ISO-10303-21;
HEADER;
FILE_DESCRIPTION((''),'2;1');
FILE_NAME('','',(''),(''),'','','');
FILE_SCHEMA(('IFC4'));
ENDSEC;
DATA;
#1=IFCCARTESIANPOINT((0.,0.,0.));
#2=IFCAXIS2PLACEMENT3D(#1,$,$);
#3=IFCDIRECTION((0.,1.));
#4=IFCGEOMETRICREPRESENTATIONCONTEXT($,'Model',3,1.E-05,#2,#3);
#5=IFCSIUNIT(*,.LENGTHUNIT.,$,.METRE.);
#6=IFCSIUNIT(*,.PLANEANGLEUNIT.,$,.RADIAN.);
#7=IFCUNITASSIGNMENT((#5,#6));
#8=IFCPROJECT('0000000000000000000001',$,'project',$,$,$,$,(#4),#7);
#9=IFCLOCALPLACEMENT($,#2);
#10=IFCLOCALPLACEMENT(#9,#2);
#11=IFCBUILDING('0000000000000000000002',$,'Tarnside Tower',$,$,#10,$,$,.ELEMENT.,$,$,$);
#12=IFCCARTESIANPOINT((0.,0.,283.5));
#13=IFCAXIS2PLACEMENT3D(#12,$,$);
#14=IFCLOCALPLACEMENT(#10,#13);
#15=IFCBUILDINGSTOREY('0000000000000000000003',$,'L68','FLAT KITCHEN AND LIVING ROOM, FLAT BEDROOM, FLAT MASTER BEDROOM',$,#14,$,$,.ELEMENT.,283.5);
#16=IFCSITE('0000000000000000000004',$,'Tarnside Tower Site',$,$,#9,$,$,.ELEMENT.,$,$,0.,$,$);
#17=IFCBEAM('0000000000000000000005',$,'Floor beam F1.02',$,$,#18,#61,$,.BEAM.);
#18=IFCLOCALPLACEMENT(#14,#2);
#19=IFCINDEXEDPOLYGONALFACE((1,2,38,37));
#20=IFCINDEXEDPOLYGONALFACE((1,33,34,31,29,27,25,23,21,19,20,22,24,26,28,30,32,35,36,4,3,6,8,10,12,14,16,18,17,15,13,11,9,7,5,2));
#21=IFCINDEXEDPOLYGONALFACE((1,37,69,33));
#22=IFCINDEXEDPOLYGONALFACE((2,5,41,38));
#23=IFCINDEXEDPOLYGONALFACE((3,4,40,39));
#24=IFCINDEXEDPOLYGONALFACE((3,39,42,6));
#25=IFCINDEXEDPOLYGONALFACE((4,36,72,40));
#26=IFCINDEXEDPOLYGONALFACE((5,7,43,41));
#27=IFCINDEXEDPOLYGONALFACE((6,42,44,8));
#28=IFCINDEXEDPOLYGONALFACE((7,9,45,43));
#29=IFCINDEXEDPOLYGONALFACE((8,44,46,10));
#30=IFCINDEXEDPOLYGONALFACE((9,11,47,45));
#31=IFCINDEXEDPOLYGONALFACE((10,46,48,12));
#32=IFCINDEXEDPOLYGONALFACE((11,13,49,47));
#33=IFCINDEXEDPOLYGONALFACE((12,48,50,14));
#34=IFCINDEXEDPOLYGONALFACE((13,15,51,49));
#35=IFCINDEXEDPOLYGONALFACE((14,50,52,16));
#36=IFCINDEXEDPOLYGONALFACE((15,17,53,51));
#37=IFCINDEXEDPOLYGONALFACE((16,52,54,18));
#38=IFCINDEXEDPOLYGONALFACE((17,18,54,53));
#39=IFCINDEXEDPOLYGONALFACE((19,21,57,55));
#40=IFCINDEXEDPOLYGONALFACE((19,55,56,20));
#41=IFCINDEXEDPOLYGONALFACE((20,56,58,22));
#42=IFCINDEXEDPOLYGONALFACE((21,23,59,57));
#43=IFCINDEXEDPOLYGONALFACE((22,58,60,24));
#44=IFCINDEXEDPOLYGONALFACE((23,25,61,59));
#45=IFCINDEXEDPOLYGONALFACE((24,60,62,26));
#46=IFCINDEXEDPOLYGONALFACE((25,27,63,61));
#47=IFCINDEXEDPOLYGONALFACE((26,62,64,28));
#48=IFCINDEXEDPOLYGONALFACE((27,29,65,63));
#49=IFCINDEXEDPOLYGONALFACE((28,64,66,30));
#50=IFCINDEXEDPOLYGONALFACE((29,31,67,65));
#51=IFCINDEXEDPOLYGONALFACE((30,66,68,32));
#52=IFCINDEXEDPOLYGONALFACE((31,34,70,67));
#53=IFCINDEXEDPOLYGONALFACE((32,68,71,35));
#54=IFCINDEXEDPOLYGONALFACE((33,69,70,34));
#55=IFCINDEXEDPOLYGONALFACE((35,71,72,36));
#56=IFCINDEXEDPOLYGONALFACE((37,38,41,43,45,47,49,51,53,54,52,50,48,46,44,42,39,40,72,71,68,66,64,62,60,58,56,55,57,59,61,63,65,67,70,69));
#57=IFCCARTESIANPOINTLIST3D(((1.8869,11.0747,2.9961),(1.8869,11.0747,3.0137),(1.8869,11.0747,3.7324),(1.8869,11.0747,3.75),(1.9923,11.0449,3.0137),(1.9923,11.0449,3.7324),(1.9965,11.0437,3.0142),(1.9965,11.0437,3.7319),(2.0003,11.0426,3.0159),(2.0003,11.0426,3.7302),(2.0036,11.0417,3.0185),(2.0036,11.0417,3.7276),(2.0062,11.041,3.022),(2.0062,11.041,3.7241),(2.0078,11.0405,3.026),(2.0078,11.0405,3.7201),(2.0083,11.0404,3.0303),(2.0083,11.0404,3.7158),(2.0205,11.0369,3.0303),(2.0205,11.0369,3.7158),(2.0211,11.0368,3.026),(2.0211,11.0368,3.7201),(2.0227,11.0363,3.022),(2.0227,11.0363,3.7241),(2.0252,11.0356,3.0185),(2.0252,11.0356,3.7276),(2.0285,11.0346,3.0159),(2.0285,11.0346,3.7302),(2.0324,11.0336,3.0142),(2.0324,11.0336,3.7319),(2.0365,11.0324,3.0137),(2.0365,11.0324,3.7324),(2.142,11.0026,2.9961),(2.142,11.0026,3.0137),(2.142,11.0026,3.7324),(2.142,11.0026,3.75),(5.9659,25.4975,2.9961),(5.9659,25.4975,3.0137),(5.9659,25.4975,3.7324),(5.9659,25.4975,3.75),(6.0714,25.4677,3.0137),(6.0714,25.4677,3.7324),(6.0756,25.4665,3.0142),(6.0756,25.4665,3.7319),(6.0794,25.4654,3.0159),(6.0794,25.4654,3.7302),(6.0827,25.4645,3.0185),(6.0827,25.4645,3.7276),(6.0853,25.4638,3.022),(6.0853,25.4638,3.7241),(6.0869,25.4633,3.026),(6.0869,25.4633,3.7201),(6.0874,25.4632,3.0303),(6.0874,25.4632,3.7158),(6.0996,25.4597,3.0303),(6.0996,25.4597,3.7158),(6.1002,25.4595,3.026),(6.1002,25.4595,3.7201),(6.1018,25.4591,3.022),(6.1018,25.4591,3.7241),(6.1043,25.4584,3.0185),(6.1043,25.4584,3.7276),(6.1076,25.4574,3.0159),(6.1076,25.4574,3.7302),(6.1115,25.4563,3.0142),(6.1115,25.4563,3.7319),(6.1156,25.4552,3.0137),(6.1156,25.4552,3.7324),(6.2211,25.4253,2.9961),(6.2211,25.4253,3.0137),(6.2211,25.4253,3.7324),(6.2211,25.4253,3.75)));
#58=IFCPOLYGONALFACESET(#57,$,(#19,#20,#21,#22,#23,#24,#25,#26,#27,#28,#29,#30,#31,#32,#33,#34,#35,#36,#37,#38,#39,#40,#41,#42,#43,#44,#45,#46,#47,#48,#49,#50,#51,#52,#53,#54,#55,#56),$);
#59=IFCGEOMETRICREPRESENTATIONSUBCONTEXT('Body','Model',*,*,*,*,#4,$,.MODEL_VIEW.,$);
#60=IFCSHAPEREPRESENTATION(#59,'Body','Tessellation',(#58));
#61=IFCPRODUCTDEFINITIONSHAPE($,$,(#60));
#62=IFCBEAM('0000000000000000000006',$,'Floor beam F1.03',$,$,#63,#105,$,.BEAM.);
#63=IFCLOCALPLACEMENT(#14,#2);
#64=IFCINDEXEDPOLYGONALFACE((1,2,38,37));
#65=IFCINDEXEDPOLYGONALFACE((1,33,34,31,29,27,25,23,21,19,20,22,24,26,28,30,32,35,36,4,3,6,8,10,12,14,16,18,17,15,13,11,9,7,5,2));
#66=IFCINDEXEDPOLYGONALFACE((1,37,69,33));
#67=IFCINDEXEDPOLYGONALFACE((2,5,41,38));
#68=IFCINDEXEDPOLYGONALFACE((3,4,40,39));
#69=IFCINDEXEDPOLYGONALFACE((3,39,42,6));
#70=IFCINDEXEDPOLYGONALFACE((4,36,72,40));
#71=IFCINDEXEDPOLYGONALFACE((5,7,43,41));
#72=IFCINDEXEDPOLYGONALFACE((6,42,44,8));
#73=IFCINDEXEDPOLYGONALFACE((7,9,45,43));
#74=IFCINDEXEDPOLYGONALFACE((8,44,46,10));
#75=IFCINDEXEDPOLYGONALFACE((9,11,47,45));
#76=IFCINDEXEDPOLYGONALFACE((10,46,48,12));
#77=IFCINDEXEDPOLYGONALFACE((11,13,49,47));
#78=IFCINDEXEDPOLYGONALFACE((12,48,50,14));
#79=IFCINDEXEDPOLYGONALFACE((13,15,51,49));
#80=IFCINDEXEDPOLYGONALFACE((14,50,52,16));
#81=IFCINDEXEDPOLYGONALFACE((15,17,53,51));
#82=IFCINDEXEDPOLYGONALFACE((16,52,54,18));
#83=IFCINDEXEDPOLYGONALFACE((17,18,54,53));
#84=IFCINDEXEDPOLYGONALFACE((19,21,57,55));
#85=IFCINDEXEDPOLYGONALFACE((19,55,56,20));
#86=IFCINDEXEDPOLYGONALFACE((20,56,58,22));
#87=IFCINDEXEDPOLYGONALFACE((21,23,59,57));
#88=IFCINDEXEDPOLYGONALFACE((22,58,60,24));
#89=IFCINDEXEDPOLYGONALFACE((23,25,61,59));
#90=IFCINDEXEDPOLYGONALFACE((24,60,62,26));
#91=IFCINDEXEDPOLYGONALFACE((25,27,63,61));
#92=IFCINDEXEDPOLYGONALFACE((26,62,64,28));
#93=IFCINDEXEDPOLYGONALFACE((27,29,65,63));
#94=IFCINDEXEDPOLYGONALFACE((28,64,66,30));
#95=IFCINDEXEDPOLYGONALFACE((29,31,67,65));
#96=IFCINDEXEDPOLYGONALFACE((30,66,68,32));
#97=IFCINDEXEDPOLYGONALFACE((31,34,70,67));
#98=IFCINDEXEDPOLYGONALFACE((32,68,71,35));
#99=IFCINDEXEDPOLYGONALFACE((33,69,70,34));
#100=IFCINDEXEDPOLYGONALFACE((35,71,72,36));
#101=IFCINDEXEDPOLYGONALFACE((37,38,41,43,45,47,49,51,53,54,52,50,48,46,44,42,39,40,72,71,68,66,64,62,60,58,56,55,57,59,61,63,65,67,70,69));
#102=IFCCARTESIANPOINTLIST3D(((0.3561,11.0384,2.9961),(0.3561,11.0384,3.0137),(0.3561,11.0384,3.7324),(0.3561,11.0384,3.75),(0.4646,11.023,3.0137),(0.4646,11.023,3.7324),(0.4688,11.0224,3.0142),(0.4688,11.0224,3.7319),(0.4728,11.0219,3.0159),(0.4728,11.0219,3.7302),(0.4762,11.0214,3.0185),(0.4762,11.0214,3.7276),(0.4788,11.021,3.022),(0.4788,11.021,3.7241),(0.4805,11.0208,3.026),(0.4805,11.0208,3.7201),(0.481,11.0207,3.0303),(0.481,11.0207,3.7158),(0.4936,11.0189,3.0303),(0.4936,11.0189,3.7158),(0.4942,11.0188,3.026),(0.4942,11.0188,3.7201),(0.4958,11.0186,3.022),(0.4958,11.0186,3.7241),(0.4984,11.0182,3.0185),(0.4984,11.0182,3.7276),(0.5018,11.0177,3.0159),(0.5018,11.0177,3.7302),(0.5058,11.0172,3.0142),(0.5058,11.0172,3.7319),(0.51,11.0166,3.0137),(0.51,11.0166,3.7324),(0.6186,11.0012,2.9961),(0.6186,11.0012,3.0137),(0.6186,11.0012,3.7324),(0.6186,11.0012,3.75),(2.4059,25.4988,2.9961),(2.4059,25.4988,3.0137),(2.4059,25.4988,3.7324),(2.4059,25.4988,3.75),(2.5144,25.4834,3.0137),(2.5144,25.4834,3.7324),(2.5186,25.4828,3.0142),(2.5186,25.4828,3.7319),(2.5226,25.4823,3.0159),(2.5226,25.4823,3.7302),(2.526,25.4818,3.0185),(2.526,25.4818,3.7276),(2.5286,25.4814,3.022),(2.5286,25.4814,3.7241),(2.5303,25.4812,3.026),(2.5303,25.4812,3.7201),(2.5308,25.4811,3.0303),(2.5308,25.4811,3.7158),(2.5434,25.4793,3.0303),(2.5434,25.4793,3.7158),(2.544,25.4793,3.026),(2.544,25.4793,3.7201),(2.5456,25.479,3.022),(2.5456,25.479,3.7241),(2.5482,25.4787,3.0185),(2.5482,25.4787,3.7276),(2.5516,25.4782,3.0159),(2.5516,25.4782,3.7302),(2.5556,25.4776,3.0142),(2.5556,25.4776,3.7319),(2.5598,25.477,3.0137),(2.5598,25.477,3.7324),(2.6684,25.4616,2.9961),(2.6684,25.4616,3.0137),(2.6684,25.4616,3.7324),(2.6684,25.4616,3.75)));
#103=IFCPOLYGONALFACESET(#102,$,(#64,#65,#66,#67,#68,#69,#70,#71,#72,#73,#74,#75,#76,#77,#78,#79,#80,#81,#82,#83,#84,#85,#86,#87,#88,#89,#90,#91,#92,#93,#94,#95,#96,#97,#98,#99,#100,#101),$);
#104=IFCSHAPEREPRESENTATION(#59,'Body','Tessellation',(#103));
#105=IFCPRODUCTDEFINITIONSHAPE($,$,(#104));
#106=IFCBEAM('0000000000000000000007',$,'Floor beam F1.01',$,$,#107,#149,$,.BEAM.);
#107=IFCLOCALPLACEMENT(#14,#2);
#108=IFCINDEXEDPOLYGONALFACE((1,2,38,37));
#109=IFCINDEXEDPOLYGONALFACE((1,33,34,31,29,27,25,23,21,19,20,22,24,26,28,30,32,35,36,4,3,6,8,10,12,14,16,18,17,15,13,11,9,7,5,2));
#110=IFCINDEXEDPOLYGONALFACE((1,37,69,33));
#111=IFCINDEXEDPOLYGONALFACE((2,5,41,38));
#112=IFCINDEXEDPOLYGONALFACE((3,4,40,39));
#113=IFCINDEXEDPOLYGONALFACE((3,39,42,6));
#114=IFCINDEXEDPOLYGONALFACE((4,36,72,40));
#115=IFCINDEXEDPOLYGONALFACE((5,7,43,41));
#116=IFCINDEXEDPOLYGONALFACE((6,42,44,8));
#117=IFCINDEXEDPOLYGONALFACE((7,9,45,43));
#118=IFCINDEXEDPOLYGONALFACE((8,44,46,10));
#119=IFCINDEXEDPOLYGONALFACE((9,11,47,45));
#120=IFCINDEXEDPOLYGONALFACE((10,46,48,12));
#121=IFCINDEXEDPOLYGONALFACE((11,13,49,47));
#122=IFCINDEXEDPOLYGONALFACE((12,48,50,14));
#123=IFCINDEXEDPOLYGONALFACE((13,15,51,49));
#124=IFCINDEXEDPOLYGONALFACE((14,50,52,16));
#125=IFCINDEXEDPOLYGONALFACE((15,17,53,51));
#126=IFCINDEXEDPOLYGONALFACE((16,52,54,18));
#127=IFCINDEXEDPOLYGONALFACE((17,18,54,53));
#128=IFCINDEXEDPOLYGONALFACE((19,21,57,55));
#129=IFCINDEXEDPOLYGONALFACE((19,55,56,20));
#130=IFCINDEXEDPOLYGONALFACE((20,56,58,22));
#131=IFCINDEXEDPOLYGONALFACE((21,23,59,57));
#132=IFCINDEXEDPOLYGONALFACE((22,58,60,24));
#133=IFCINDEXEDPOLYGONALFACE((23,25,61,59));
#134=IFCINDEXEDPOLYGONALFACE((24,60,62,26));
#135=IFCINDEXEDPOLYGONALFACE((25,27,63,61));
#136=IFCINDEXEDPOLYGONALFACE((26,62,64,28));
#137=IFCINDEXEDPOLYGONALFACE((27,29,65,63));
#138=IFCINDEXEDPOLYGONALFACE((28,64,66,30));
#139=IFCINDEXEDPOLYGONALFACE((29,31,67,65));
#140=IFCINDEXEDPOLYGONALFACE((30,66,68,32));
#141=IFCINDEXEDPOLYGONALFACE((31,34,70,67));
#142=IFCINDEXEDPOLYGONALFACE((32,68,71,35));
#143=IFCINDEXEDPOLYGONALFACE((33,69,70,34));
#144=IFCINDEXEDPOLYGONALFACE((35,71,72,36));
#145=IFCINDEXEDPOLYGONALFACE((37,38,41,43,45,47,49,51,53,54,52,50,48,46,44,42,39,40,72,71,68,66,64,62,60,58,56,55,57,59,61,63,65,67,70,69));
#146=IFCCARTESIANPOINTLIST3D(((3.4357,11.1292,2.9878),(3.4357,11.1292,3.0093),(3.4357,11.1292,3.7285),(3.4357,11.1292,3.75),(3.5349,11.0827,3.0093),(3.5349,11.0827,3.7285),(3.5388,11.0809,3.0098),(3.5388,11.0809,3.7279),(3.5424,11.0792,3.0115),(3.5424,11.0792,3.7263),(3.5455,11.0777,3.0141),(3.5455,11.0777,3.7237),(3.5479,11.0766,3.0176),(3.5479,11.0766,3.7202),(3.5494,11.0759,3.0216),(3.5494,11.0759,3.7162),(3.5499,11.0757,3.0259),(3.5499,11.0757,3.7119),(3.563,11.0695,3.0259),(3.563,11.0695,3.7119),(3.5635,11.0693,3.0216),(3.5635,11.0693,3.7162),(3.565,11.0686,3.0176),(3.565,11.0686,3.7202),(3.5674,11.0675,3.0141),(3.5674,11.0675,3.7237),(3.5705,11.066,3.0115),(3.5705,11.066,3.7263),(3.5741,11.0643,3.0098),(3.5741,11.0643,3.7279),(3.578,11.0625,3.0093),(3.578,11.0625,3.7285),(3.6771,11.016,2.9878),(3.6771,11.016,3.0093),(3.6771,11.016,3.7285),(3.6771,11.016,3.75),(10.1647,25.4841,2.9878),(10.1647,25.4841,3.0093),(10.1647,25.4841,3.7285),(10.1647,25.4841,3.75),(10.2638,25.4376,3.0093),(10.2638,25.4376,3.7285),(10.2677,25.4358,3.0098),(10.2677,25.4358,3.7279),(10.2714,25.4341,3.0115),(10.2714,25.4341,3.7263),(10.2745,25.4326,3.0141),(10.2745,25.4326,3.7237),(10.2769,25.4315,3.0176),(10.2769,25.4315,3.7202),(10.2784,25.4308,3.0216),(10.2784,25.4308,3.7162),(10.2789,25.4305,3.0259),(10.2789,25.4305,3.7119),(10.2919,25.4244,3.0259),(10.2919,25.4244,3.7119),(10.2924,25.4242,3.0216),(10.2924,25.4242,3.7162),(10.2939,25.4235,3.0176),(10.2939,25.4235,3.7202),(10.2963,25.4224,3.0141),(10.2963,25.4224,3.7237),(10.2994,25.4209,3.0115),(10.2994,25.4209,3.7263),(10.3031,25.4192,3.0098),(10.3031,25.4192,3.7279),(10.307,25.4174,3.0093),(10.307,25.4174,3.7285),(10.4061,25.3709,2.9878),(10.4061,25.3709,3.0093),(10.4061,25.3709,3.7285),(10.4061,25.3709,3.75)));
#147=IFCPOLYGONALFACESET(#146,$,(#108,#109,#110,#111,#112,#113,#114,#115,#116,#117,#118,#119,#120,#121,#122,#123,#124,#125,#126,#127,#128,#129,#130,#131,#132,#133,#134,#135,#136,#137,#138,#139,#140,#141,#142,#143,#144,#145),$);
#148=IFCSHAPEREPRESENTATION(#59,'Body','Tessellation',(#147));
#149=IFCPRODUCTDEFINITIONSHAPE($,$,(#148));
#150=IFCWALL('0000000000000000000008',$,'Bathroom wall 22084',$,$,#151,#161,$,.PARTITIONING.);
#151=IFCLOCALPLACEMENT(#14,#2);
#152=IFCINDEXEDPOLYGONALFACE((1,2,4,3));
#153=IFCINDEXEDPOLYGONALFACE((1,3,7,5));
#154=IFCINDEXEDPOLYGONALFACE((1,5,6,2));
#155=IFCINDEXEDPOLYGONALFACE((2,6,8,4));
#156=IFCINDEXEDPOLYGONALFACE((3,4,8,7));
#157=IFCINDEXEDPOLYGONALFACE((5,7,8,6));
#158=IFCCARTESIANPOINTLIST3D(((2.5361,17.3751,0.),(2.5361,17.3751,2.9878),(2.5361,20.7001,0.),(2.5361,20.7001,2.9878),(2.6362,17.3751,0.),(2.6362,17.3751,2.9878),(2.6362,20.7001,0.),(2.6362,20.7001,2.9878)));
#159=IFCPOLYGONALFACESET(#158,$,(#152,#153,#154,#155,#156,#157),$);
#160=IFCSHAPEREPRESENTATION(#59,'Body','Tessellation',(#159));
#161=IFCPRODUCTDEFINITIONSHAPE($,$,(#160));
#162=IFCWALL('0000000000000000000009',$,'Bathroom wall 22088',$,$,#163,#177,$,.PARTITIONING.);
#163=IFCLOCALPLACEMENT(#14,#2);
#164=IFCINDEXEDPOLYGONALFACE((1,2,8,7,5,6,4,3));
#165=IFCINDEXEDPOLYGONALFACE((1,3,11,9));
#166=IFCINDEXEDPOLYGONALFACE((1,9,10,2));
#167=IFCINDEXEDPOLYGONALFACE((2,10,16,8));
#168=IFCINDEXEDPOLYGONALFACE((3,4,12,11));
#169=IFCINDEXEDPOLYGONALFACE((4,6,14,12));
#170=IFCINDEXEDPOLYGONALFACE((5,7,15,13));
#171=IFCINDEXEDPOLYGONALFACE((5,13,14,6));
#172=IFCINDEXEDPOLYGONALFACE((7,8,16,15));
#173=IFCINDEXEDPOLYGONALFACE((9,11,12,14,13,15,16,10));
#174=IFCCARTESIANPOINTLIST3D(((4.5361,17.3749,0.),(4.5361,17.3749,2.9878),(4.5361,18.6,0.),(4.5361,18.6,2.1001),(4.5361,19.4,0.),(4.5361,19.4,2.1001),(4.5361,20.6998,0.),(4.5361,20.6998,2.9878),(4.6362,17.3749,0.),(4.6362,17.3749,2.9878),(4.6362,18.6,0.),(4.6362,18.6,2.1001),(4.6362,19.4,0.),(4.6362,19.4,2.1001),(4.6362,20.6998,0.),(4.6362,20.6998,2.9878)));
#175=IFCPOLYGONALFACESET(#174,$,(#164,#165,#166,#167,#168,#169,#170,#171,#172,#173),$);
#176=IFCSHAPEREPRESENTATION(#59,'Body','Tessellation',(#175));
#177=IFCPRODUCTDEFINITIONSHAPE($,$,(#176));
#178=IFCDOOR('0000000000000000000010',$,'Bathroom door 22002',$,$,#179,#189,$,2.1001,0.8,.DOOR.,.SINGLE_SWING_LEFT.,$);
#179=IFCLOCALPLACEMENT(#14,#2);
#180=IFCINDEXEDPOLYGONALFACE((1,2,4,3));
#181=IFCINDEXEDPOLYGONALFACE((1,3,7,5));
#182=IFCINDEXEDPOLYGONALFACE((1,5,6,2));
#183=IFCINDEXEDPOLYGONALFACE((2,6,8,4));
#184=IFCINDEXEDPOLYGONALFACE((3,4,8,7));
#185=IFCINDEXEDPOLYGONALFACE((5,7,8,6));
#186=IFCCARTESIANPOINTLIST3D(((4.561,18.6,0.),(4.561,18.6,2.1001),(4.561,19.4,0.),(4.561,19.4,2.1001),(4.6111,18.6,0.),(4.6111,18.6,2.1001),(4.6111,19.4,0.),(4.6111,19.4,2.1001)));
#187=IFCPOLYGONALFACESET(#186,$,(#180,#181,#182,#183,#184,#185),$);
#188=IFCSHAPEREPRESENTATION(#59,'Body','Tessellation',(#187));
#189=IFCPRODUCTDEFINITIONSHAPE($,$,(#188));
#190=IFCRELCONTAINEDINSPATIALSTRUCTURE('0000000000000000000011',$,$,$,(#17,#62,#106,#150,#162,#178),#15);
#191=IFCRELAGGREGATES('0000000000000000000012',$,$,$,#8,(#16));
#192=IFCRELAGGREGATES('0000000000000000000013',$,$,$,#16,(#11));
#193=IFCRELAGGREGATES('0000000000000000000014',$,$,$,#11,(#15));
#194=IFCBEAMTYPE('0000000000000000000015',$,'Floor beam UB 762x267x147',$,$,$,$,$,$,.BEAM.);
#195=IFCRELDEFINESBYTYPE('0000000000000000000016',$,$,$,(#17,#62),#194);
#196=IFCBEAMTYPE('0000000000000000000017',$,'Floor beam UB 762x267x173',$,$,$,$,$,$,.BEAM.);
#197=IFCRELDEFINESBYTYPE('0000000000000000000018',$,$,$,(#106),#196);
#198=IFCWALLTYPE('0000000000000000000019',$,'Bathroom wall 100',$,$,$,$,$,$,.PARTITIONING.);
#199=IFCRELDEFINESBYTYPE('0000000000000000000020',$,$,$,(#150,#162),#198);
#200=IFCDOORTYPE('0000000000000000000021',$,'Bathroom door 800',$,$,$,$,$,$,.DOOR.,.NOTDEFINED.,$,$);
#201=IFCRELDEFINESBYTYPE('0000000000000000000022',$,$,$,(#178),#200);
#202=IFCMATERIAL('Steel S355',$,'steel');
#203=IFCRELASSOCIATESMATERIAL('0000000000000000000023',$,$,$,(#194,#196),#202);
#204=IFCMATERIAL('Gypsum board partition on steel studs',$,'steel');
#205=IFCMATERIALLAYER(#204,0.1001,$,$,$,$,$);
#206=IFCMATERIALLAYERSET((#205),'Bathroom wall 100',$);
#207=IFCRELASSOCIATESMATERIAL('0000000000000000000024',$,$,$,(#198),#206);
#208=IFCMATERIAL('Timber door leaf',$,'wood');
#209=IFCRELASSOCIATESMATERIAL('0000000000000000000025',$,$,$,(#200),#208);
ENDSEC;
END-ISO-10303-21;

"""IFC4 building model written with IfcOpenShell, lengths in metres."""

from ifc_helpers import new_model, si_unit, direction, frame, frame_2d, origin, origin_2d, place, context, subcontext, project, spatial, rectangle, i_section, extrude, material, layer, layer_set, material_profile, profile_set, type_object, element, fill, save


model = new_model("IFC4")

# Units and contexts
model_context = context("Model", 3, precision=1e-05, world=origin(), true_north=direction((0.0, 1.0)))
body_context = subcontext(model_context, "Body", "Model", "MODEL_VIEW")
ifc_project = project(units=[si_unit("LENGTHUNIT", "METRE"), si_unit("PLANEANGLEUNIT", "RADIAN")], contexts=[model_context])

# Site, building, storey
site_placement = place(None, origin())
site = spatial("IfcSite", under=ifc_project, at=site_placement, Name="Tarnside Tower Site", CompositionType="ELEMENT", RefElevation=0.0)
building_placement = place(site_placement, origin())
building = spatial("IfcBuilding", under=site, at=building_placement, Name="Tarnside Tower", CompositionType="ELEMENT")
storey_placement = place(building_placement, frame((0.0, 0.0, 283.5)))
storey = spatial("IfcBuildingStorey", under=building, at=storey_placement, Name="L68", Description="FLAT KITCHEN AND LIVING ROOM, FLAT BEDROOM, FLAT MASTER BEDROOM", CompositionType="ELEMENT", Elevation=283.5)

# Beams
ifc_material_1 = material(Name="Steel S355", Category="steel")
ifc_material_profile_1 = material_profile(ifc_material_1, i_section(OverallWidth=0.2651, OverallDepth=0.7539, WebThickness=0.0127, FlangeThickness=0.0176, FilletRadius=0.0166, at=origin_2d()), Name="UB 762x267x147")
ifc_profile_set_1 = profile_set([ifc_material_profile_1], Name="Steel S355")
beam_type_1 = type_object("IfcBeamType", Name="Floor beam UB 762x267x147", PredefinedType="BEAM", material=ifc_profile_set_1)
beam_1_placement = place(storey_placement, frame((6.0935, 25.4614, 3.373), z_axis=(-0.272147, -0.962256, 0.0), x_axis=(0.962256, -0.272147, 0.0)))
element("IfcBeam", 1, at=beam_1_placement, inside=storey, type_object=beam_type_1, Name="Floor beam F1.02", PredefinedType="BEAM", context=body_context, shape_type="SweptSolid", body=[
    extrude(i_section(OverallWidth=0.2651, OverallDepth=0.7539, WebThickness=0.0127, FlangeThickness=0.0176, FilletRadius=0.0166, at=origin_2d()), origin(), (0.0, 0.0, 1.0), 14.9885),
])
beam_2_placement = place(storey_placement, frame((2.5371, 25.4802, 3.373), z_axis=(-0.140349, -0.990102, 0.0), x_axis=(0.990102, -0.140349, 0.0)))
element("IfcBeam", 2, at=beam_2_placement, inside=storey, type_object=beam_type_1, Name="Floor beam F1.03", PredefinedType="BEAM", context=body_context, shape_type="SweptSolid", body=[
    extrude(i_section(OverallWidth=0.2651, OverallDepth=0.7539, WebThickness=0.0127, FlangeThickness=0.0176, FilletRadius=0.0166, at=origin_2d()), origin(), (0.0, 0.0, 1.0), 14.605),
])
ifc_material_profile_2 = material_profile(ifc_material_1, i_section(OverallWidth=0.2666, OverallDepth=0.7622, WebThickness=0.0144, FlangeThickness=0.0215, FilletRadius=0.0166, at=origin_2d()), Name="UB 762x267x173")
ifc_profile_set_2 = profile_set([ifc_material_profile_2], Name="Steel S355")
beam_type_2 = type_object("IfcBeamType", Name="Floor beam UB 762x267x173", PredefinedType="BEAM", material=ifc_profile_set_2)
beam_3_placement = place(storey_placement, frame((10.2854, 25.4275, 3.3689), z_axis=(-0.424439, -0.905456, 0.0), x_axis=(0.905456, -0.424439, 0.0)))
element("IfcBeam", 3, at=beam_3_placement, inside=storey, type_object=beam_type_2, Name="Floor beam F1.01", PredefinedType="BEAM", context=body_context, shape_type="SweptSolid", body=[
    extrude(i_section(OverallWidth=0.2666, OverallDepth=0.7622, WebThickness=0.0144, FlangeThickness=0.0215, FilletRadius=0.0166, at=origin_2d()), origin(), (0.0, 0.0, 1.0), 15.8538),
])

# Wall
ifc_material_2 = material(Name="Gypsum board partition on steel studs", Category="steel")
ifc_layer_1 = layer(ifc_material_2, 0.1001)
ifc_layer_set_1 = layer_set([ifc_layer_1], Name="Bathroom wall 100")
wall_type_1 = type_object("IfcWallType", Name="Bathroom wall 100", PredefinedType="PARTITIONING", material=ifc_layer_set_1)
wall_1_placement = place(storey_placement, frame((2.5862, 17.375, 0.0), z_axis=(0.0, 0.0, 1.0), x_axis=(0.0, 1.0, 0.0)))
element("IfcWall", 4, at=wall_1_placement, inside=storey, type_object=wall_type_1, Name="Bathroom wall 22084", PredefinedType="PARTITIONING", context=body_context, shape_type="SweptSolid", body=[
    extrude(rectangle(XDim=3.325, YDim=0.1001, at=frame_2d((1.6626, 0.0))), origin(), (0.0, 0.0, 1.0), 2.9878),
])

# Wall, opening, door
wall_2_placement = place(storey_placement, frame((4.5862, 20.7, 0.0), z_axis=(0.0, 0.0, 1.0), x_axis=(0.0, -1.0, 0.0)))
wall_2 = element("IfcWall", 5, at=wall_2_placement, inside=storey, type_object=wall_type_1, Name="Bathroom wall 22088", PredefinedType="PARTITIONING", context=body_context, shape_type="SweptSolid", body=[
    extrude(rectangle(XDim=3.325, YDim=0.1001, at=frame_2d((1.6626, 0.0))), origin(), (0.0, 0.0, 1.0), 2.9878),
])
opening_1_placement = place(wall_2_placement, frame((1.3, 0.0, 0.0)))
opening_1 = element("IfcOpeningElement", 6, at=opening_1_placement, cuts=wall_2, PredefinedType="OPENING", context=body_context, shape_type="SweptSolid", body=[
    extrude(rectangle(XDim=0.8, YDim=2.1001, at=frame_2d((0.3999, 1.05))), frame((0.0, 0.0601, 0.0), z_axis=(0.0, -1.0, 0.0), x_axis=(1.0, 0.0, 0.0)), (0.0, 0.0, 1.0), 0.1201),
])
ifc_material_3 = material(Name="Timber door leaf", Category="wood")
door_type_1 = type_object("IfcDoorType", Name="Bathroom door 800", OperationType="NOTDEFINED", PredefinedType="DOOR", material=ifc_material_3)
door_1_placement = place(opening_1_placement, origin())
door_1 = element("IfcDoor", 7, at=door_1_placement, inside=storey, type_object=door_type_1, Name="Bathroom door 22002", OperationType="SINGLE_SWING_LEFT", OverallHeight=2.1001, OverallWidth=0.8, PredefinedType="DOOR", context=body_context, shape_type="SweptSolid", body=[
    extrude(rectangle(XDim=0.8, YDim=2.1001, at=frame_2d((0.3999, 1.05))), frame((0.0, 0.0249, 0.0), z_axis=(0.0, -1.0, 0.0), x_axis=(1.0, 0.0, 0.0)), (0.0, 0.0, 1.0), 0.05),
])
fill(opening_1, door_1)

save(model, "model.ifc")
